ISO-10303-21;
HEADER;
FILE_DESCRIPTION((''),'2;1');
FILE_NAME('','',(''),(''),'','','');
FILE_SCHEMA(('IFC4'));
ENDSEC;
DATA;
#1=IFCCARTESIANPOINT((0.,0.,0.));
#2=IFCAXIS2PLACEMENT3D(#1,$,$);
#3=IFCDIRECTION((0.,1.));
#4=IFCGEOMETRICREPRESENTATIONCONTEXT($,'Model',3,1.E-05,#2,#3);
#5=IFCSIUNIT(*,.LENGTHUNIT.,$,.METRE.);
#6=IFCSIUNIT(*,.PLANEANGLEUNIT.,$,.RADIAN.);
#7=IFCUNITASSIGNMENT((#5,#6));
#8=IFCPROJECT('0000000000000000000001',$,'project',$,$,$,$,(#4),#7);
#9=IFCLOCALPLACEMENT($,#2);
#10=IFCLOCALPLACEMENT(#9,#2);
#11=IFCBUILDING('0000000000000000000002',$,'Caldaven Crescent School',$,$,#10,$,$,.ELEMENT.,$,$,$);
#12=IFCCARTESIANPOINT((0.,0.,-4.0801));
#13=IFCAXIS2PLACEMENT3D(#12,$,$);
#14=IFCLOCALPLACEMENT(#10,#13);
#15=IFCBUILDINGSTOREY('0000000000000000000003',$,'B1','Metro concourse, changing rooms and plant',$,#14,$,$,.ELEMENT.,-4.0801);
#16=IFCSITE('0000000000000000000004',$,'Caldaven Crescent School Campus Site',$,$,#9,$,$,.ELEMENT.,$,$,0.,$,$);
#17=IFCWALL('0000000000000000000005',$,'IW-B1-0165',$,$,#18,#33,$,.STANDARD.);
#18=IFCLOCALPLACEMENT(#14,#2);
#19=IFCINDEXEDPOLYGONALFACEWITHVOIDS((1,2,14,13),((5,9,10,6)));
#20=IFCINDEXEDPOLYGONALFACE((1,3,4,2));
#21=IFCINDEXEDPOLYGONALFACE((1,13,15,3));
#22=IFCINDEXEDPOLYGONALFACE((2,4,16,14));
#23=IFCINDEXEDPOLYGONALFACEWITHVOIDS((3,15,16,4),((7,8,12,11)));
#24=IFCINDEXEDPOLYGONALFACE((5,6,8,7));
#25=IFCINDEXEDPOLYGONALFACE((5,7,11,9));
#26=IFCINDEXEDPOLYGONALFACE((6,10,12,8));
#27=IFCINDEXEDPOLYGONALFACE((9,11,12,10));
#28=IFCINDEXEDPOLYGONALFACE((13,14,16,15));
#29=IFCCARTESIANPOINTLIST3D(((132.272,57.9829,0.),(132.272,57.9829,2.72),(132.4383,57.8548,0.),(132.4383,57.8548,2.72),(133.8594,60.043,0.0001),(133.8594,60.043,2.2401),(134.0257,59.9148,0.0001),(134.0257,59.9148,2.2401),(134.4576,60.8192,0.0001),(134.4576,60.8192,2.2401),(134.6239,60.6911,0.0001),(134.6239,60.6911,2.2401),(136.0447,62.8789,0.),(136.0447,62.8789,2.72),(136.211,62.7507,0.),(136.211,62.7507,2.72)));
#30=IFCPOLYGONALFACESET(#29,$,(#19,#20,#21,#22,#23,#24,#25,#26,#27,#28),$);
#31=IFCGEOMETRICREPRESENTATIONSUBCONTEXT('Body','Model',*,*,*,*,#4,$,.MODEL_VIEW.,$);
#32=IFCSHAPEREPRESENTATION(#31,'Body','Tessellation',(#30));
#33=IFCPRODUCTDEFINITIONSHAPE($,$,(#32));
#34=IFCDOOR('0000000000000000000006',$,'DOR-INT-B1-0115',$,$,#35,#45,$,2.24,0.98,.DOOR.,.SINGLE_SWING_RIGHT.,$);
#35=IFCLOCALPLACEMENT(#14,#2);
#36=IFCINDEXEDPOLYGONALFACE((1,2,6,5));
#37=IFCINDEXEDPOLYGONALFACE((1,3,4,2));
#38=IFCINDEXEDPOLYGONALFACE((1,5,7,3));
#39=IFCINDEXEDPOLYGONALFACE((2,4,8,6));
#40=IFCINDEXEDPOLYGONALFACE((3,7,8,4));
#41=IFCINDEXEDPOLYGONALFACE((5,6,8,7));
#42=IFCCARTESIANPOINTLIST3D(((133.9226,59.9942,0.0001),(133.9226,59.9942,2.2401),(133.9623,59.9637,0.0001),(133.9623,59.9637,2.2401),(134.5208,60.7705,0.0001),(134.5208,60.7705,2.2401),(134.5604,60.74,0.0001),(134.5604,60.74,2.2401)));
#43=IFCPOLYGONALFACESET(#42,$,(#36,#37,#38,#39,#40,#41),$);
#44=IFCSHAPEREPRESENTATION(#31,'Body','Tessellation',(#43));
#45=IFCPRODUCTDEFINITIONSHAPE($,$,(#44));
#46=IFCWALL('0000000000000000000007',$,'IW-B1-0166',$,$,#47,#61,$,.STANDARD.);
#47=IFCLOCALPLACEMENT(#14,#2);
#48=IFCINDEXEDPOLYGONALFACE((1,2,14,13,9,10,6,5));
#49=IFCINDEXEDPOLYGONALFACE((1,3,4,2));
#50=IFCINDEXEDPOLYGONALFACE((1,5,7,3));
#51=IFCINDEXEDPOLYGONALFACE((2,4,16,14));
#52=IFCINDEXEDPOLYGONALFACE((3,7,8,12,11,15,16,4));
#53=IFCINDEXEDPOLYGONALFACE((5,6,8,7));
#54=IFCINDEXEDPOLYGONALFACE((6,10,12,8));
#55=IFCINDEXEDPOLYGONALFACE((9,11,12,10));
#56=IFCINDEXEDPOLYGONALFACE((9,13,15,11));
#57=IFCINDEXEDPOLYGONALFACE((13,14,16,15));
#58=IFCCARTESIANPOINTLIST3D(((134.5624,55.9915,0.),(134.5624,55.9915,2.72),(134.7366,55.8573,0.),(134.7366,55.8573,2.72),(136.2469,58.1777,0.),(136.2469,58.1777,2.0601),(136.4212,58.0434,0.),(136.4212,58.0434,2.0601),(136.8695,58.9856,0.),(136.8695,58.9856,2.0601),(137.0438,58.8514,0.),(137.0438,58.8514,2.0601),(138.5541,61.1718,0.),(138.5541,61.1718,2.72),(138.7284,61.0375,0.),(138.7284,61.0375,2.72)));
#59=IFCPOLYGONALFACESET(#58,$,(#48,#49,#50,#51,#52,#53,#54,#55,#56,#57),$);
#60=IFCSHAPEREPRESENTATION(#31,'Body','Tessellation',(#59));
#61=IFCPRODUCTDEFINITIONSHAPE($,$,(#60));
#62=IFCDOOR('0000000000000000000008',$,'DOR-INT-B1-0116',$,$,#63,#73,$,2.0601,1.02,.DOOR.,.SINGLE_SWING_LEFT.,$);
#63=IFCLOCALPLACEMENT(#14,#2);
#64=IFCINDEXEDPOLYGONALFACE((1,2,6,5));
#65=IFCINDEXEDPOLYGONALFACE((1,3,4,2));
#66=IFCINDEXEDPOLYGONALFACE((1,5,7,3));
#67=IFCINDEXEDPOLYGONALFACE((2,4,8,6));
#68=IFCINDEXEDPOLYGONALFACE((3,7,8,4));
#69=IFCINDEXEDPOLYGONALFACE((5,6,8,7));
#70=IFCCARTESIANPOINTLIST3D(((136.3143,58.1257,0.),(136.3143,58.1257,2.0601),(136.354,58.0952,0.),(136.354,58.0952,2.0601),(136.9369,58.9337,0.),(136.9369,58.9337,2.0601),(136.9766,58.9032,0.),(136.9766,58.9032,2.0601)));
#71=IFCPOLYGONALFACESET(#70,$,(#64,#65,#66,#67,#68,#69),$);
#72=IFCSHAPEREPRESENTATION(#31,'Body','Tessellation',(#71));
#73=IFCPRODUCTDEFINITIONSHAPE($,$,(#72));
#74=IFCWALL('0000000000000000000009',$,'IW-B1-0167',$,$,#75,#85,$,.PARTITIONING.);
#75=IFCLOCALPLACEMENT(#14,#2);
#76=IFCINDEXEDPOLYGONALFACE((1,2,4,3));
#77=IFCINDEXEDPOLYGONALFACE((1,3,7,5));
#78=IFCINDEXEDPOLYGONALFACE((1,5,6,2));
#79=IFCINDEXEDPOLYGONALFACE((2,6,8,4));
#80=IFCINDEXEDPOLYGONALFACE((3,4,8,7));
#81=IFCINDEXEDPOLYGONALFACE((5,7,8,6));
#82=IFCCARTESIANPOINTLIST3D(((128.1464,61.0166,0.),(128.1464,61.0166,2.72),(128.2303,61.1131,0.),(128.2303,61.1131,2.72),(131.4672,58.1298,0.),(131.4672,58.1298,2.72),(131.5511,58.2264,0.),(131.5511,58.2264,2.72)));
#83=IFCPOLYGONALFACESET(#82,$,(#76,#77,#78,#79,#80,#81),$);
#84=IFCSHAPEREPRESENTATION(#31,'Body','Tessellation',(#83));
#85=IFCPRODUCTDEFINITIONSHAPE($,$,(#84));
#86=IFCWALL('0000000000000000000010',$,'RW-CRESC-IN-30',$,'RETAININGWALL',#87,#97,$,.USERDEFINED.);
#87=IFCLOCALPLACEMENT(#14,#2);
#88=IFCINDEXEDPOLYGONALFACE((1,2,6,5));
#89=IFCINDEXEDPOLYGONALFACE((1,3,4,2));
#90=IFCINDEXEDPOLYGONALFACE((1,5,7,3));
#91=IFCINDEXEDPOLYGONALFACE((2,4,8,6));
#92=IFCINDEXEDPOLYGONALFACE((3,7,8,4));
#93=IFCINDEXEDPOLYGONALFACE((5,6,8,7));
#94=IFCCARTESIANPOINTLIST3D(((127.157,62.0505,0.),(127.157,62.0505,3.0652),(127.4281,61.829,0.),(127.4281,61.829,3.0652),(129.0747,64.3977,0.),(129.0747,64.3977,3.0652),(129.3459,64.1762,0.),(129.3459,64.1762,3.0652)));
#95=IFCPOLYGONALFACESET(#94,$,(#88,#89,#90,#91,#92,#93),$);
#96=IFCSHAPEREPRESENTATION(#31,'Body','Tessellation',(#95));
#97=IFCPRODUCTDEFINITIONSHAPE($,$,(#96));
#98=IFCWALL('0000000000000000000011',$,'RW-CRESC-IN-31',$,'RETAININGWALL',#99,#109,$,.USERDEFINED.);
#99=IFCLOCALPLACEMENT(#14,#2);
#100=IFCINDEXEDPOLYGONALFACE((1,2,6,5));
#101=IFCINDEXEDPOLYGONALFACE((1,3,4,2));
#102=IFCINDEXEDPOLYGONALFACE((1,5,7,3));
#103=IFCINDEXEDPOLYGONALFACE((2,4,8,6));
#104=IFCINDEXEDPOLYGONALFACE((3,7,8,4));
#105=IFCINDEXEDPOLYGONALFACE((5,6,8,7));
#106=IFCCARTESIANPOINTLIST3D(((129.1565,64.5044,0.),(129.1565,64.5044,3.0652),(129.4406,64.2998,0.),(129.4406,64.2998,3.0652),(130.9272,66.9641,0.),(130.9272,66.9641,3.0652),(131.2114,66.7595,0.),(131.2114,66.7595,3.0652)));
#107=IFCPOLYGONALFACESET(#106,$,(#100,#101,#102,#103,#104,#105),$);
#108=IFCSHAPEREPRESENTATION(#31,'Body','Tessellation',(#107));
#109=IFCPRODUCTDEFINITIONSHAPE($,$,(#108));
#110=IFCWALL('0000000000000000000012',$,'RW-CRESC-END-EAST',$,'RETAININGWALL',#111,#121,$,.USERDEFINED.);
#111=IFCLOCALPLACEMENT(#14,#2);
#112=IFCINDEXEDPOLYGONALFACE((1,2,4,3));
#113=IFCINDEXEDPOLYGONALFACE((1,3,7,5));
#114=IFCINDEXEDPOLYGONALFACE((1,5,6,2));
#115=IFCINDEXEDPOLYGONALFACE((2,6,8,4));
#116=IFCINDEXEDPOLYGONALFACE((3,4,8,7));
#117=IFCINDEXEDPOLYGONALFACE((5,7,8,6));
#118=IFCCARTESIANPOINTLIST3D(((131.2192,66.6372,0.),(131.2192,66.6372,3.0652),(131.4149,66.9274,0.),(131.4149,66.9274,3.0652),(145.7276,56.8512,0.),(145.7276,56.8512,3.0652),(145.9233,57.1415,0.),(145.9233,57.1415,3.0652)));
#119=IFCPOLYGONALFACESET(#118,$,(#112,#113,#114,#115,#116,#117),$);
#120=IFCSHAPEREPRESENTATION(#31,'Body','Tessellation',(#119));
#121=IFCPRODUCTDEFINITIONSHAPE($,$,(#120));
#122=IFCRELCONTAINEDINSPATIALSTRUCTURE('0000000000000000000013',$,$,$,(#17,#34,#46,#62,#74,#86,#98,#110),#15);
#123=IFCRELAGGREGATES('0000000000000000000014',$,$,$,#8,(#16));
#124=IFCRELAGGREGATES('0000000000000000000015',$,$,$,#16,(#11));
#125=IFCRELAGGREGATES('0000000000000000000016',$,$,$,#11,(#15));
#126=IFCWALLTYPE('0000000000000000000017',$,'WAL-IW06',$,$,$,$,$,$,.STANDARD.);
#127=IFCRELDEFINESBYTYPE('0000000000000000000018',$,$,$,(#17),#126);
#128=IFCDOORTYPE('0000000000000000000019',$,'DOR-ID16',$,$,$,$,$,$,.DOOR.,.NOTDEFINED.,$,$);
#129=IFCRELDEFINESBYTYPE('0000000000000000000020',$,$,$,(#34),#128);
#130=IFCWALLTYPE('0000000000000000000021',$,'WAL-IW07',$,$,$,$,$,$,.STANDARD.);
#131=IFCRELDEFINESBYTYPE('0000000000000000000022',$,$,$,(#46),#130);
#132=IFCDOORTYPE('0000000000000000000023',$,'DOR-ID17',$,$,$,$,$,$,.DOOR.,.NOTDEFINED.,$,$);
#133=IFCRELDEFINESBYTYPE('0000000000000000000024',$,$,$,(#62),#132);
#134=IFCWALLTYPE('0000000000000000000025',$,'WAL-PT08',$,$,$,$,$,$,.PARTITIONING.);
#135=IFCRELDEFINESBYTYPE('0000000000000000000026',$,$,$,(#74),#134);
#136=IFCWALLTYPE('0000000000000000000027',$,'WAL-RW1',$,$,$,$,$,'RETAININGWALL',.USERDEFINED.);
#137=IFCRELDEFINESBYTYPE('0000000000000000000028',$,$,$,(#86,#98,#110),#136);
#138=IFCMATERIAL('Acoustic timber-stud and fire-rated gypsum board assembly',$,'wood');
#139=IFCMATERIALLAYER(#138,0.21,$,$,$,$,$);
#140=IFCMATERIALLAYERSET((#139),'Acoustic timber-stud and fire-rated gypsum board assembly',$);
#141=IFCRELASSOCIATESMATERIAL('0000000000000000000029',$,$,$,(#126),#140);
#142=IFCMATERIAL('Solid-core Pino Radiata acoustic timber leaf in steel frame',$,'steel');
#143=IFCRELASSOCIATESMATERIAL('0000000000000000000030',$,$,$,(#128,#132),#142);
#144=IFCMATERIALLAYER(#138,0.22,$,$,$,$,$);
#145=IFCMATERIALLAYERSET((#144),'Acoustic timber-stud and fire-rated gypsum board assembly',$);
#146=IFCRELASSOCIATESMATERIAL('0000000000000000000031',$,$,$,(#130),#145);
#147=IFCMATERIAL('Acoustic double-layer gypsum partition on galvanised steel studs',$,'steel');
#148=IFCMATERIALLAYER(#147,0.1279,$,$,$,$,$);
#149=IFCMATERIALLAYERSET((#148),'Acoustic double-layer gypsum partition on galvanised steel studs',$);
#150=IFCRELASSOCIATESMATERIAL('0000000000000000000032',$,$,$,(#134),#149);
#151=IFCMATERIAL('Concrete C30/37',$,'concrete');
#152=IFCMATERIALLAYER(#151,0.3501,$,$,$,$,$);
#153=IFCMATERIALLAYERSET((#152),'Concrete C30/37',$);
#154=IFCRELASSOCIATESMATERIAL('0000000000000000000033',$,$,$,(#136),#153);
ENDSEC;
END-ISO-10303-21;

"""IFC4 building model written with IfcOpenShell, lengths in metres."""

from ifc_helpers import new_model, si_unit, direction, frame, frame_2d, origin, place, context, subcontext, project, spatial, rectangle, extrude, material, layer, layer_set, type_object, element, fill, save


model = new_model("IFC4")

# Units and contexts
model_context = context("Model", 3, precision=1e-05, world=origin(), true_north=direction((0.0, 1.0)))
body_context = subcontext(model_context, "Body", "Model", "MODEL_VIEW")
ifc_project = project(units=[si_unit("LENGTHUNIT", "METRE"), si_unit("PLANEANGLEUNIT", "RADIAN")], contexts=[model_context])

# Site, building, storey
site_placement = place(None, origin())
site = spatial("IfcSite", under=ifc_project, at=site_placement, Name="Caldaven Crescent School Campus Site", CompositionType="ELEMENT", RefElevation=0.0)
building_placement = place(site_placement, origin())
building = spatial("IfcBuilding", under=site, at=building_placement, Name="Caldaven Crescent School", CompositionType="ELEMENT")
storey_placement = place(building_placement, frame((0.0, 0.0, -4.0801)))
storey = spatial("IfcBuildingStorey", under=building, at=storey_placement, Name="B1", Description="Metro concourse, changing rooms and plant", CompositionType="ELEMENT", Elevation=-4.0801)

# Shared definitions
ifc_material_1 = material(Name="Concrete C30/37", Category="concrete")

# Walls, openings, doors
ifc_material_2 = material(Name="Acoustic timber-stud and fire-rated gypsum board assembly", Category="wood")
ifc_layer_1 = layer(ifc_material_2, 0.21)
ifc_layer_set_1 = layer_set([ifc_layer_1], Name="Acoustic timber-stud and fire-rated gypsum board assembly")
wall_type_1 = type_object("IfcWallType", Name="WAL-IW06", PredefinedType="STANDARD", material=ifc_layer_set_1)
wall_1_placement = place(storey_placement, frame((132.3552, 57.9189, 0.0), z_axis=(0.0, 0.0, 1.0), x_axis=(0.610377, 0.792111, 0.0)))
wall_1 = element("IfcWall", 1, at=wall_1_placement, inside=storey, type_object=wall_type_1, Name="IW-B1-0165", PredefinedType="STANDARD", context=body_context, shape_type="SweptSolid", body=[
    extrude(rectangle(XDim=6.1809, YDim=0.21, at=frame_2d((3.0903, 0.0))), origin(), (0.0, 0.0, 1.0), 2.72),
])
opening_1_placement = place(wall_1_placement, frame((2.6006, 0.0, 0.0)))
opening_1 = element("IfcOpeningElement", 2, at=opening_1_placement, cuts=wall_1, PredefinedType="OPENING", context=body_context, shape_type="SweptSolid", body=[
    extrude(rectangle(XDim=0.98, YDim=2.24, at=frame_2d((0.49, 1.1201))), frame((0.0, 0.115, 0.0), z_axis=(0.0, -1.0, 0.0), x_axis=(1.0, 0.0, 0.0)), (0.0, 0.0, 1.0), 0.23),
])
ifc_material_3 = material(Name="Solid-core Pino Radiata acoustic timber leaf in steel frame", Category="steel")
door_type_1 = type_object("IfcDoorType", Name="DOR-ID16", OperationType="NOTDEFINED", PredefinedType="DOOR", material=ifc_material_3)
door_1_placement = place(opening_1_placement, frame((0.98, 0.0, 0.0), z_axis=(0.0, 0.0, 1.0), x_axis=(-1.0, 0.0, 0.0)))
door_1 = element("IfcDoor", 3, at=door_1_placement, inside=storey, type_object=door_type_1, Name="DOR-INT-B1-0115", OperationType="SINGLE_SWING_RIGHT", OverallHeight=2.24, OverallWidth=0.98, PredefinedType="DOOR", context=body_context, shape_type="SweptSolid", body=[
    extrude(rectangle(XDim=0.98, YDim=2.24, at=frame_2d((0.49, 1.1201))), frame((0.0, 0.0249, 0.0), z_axis=(0.0, -1.0, 0.0), x_axis=(1.0, 0.0, 0.0)), (0.0, 0.0, 1.0), 0.05),
])
fill(opening_1, door_1)
ifc_layer_2 = layer(ifc_material_2, 0.22)
ifc_layer_set_2 = layer_set([ifc_layer_2], Name="Acoustic timber-stud and fire-rated gypsum board assembly")
wall_type_2 = type_object("IfcWallType", Name="WAL-IW07", PredefinedType="STANDARD", material=ifc_layer_set_2)
wall_2_placement = place(storey_placement, frame((134.6494, 55.9243, 0.0), z_axis=(0.0, 0.0, 1.0), x_axis=(0.610378, 0.79211, 0.0)))
wall_2 = element("IfcWall", 4, at=wall_2_placement, inside=storey, type_object=wall_type_2, Name="IW-B1-0166", PredefinedType="STANDARD", context=body_context, shape_type="SweptSolid", body=[
    extrude(rectangle(XDim=6.5398, YDim=0.22, at=frame_2d((3.27, 0.0))), origin(), (0.0, 0.0, 1.0), 2.72),
])
opening_2_placement = place(wall_2_placement, frame((2.76, 0.0, 0.0)))
opening_2 = element("IfcOpeningElement", 5, at=opening_2_placement, cuts=wall_2, PredefinedType="OPENING", context=body_context, shape_type="SweptSolid", body=[
    extrude(rectangle(XDim=1.02, YDim=2.0601, at=frame_2d((0.51, 1.03))), frame((0.0, 0.1199, 0.0), z_axis=(0.0, -1.0, 0.0), x_axis=(1.0, 0.0, 0.0)), (0.0, 0.0, 1.0), 0.24),
])
door_type_2 = type_object("IfcDoorType", Name="DOR-ID17", OperationType="NOTDEFINED", PredefinedType="DOOR", material=ifc_material_3)
door_2_placement = place(opening_2_placement, origin())
door_2 = element("IfcDoor", 6, at=door_2_placement, inside=storey, type_object=door_type_2, Name="DOR-INT-B1-0116", OperationType="SINGLE_SWING_LEFT", OverallHeight=2.0601, OverallWidth=1.02, PredefinedType="DOOR", context=body_context, shape_type="SweptSolid", body=[
    extrude(rectangle(XDim=1.02, YDim=2.0601, at=frame_2d((0.51, 1.03))), frame((0.0, 0.0249, 0.0), z_axis=(0.0, -1.0, 0.0), x_axis=(1.0, 0.0, 0.0)), (0.0, 0.0, 1.0), 0.05),
])
fill(opening_2, door_2)

# Walls
ifc_material_4 = material(Name="Acoustic double-layer gypsum partition on galvanised steel studs", Category="steel")
ifc_layer_3 = layer(ifc_material_4, 0.1279)
ifc_layer_set_3 = layer_set([ifc_layer_3], Name="Acoustic double-layer gypsum partition on galvanised steel studs")
wall_type_3 = type_object("IfcWallType", Name="WAL-PT08", PredefinedType="PARTITIONING", material=ifc_layer_set_3)
wall_3_placement = place(storey_placement, frame((128.1882, 61.0649, 0.0), z_axis=(0.0, 0.0, 1.0), x_axis=(0.754711, -0.656058, 0.0)))
element("IfcWall", 7, at=wall_3_placement, inside=storey, type_object=wall_type_3, Name="IW-B1-0167", PredefinedType="PARTITIONING", context=body_context, shape_type="SweptSolid", body=[
    extrude(rectangle(XDim=4.4001, YDim=0.1279, at=frame_2d((2.2002, 0.0))), origin(), (0.0, 0.0, 1.0), 2.72),
])
ifc_layer_4 = layer(ifc_material_1, 0.3501)
ifc_layer_set_4 = layer_set([ifc_layer_4], Name="Concrete C30/37")
wall_type_4 = type_object("IfcWallType", Name="WAL-RW1", ElementType="RETAININGWALL", PredefinedType="USERDEFINED", material=ifc_layer_set_4)
wall_4_placement = place(storey_placement, frame((127.2925, 61.9397, 0.0), z_axis=(0.0, 0.0, 1.0), x_axis=(0.632707, 0.774391, 0.0)))
element("IfcWall", 8, at=wall_4_placement, inside=storey, type_object=wall_type_4, Name="RW-CRESC-IN-30", ObjectType="RETAININGWALL", PredefinedType="USERDEFINED", context=body_context, shape_type="SweptSolid", body=[
    extrude(rectangle(XDim=3.031, YDim=0.3501, at=frame_2d((1.5156, 0.0))), origin(), (0.0, 0.0, 1.0), 3.0652),
])
wall_5_placement = place(storey_placement, frame((129.2986, 64.4021, 0.0), z_axis=(0.0, 0.0, 1.0), x_axis=(0.584252, 0.811573, 0.0)))
element("IfcWall", 9, at=wall_5_placement, inside=storey, type_object=wall_type_4, Name="RW-CRESC-IN-31", ObjectType="RETAININGWALL", PredefinedType="USERDEFINED", context=body_context, shape_type="SweptSolid", body=[
    extrude(rectangle(XDim=3.0308, YDim=0.3501, at=frame_2d((1.5154, 0.0))), origin(), (0.0, 0.0, 1.0), 3.0652),
])
wall_6_placement = place(storey_placement, frame((131.3171, 66.7822, 0.0), z_axis=(0.0, 0.0, 1.0), x_axis=(0.82904, -0.55919, 0.0)))
element("IfcWall", 10, at=wall_6_placement, inside=storey, type_object=wall_type_4, Name="RW-CRESC-END-EAST", ObjectType="RETAININGWALL", PredefinedType="USERDEFINED", context=body_context, shape_type="SweptSolid", body=[
    extrude(rectangle(XDim=17.5002, YDim=0.3501, at=frame_2d((8.75, 0.0))), origin(), (0.0, 0.0, 1.0), 3.0652),
])

save(model, "model.ifc")
